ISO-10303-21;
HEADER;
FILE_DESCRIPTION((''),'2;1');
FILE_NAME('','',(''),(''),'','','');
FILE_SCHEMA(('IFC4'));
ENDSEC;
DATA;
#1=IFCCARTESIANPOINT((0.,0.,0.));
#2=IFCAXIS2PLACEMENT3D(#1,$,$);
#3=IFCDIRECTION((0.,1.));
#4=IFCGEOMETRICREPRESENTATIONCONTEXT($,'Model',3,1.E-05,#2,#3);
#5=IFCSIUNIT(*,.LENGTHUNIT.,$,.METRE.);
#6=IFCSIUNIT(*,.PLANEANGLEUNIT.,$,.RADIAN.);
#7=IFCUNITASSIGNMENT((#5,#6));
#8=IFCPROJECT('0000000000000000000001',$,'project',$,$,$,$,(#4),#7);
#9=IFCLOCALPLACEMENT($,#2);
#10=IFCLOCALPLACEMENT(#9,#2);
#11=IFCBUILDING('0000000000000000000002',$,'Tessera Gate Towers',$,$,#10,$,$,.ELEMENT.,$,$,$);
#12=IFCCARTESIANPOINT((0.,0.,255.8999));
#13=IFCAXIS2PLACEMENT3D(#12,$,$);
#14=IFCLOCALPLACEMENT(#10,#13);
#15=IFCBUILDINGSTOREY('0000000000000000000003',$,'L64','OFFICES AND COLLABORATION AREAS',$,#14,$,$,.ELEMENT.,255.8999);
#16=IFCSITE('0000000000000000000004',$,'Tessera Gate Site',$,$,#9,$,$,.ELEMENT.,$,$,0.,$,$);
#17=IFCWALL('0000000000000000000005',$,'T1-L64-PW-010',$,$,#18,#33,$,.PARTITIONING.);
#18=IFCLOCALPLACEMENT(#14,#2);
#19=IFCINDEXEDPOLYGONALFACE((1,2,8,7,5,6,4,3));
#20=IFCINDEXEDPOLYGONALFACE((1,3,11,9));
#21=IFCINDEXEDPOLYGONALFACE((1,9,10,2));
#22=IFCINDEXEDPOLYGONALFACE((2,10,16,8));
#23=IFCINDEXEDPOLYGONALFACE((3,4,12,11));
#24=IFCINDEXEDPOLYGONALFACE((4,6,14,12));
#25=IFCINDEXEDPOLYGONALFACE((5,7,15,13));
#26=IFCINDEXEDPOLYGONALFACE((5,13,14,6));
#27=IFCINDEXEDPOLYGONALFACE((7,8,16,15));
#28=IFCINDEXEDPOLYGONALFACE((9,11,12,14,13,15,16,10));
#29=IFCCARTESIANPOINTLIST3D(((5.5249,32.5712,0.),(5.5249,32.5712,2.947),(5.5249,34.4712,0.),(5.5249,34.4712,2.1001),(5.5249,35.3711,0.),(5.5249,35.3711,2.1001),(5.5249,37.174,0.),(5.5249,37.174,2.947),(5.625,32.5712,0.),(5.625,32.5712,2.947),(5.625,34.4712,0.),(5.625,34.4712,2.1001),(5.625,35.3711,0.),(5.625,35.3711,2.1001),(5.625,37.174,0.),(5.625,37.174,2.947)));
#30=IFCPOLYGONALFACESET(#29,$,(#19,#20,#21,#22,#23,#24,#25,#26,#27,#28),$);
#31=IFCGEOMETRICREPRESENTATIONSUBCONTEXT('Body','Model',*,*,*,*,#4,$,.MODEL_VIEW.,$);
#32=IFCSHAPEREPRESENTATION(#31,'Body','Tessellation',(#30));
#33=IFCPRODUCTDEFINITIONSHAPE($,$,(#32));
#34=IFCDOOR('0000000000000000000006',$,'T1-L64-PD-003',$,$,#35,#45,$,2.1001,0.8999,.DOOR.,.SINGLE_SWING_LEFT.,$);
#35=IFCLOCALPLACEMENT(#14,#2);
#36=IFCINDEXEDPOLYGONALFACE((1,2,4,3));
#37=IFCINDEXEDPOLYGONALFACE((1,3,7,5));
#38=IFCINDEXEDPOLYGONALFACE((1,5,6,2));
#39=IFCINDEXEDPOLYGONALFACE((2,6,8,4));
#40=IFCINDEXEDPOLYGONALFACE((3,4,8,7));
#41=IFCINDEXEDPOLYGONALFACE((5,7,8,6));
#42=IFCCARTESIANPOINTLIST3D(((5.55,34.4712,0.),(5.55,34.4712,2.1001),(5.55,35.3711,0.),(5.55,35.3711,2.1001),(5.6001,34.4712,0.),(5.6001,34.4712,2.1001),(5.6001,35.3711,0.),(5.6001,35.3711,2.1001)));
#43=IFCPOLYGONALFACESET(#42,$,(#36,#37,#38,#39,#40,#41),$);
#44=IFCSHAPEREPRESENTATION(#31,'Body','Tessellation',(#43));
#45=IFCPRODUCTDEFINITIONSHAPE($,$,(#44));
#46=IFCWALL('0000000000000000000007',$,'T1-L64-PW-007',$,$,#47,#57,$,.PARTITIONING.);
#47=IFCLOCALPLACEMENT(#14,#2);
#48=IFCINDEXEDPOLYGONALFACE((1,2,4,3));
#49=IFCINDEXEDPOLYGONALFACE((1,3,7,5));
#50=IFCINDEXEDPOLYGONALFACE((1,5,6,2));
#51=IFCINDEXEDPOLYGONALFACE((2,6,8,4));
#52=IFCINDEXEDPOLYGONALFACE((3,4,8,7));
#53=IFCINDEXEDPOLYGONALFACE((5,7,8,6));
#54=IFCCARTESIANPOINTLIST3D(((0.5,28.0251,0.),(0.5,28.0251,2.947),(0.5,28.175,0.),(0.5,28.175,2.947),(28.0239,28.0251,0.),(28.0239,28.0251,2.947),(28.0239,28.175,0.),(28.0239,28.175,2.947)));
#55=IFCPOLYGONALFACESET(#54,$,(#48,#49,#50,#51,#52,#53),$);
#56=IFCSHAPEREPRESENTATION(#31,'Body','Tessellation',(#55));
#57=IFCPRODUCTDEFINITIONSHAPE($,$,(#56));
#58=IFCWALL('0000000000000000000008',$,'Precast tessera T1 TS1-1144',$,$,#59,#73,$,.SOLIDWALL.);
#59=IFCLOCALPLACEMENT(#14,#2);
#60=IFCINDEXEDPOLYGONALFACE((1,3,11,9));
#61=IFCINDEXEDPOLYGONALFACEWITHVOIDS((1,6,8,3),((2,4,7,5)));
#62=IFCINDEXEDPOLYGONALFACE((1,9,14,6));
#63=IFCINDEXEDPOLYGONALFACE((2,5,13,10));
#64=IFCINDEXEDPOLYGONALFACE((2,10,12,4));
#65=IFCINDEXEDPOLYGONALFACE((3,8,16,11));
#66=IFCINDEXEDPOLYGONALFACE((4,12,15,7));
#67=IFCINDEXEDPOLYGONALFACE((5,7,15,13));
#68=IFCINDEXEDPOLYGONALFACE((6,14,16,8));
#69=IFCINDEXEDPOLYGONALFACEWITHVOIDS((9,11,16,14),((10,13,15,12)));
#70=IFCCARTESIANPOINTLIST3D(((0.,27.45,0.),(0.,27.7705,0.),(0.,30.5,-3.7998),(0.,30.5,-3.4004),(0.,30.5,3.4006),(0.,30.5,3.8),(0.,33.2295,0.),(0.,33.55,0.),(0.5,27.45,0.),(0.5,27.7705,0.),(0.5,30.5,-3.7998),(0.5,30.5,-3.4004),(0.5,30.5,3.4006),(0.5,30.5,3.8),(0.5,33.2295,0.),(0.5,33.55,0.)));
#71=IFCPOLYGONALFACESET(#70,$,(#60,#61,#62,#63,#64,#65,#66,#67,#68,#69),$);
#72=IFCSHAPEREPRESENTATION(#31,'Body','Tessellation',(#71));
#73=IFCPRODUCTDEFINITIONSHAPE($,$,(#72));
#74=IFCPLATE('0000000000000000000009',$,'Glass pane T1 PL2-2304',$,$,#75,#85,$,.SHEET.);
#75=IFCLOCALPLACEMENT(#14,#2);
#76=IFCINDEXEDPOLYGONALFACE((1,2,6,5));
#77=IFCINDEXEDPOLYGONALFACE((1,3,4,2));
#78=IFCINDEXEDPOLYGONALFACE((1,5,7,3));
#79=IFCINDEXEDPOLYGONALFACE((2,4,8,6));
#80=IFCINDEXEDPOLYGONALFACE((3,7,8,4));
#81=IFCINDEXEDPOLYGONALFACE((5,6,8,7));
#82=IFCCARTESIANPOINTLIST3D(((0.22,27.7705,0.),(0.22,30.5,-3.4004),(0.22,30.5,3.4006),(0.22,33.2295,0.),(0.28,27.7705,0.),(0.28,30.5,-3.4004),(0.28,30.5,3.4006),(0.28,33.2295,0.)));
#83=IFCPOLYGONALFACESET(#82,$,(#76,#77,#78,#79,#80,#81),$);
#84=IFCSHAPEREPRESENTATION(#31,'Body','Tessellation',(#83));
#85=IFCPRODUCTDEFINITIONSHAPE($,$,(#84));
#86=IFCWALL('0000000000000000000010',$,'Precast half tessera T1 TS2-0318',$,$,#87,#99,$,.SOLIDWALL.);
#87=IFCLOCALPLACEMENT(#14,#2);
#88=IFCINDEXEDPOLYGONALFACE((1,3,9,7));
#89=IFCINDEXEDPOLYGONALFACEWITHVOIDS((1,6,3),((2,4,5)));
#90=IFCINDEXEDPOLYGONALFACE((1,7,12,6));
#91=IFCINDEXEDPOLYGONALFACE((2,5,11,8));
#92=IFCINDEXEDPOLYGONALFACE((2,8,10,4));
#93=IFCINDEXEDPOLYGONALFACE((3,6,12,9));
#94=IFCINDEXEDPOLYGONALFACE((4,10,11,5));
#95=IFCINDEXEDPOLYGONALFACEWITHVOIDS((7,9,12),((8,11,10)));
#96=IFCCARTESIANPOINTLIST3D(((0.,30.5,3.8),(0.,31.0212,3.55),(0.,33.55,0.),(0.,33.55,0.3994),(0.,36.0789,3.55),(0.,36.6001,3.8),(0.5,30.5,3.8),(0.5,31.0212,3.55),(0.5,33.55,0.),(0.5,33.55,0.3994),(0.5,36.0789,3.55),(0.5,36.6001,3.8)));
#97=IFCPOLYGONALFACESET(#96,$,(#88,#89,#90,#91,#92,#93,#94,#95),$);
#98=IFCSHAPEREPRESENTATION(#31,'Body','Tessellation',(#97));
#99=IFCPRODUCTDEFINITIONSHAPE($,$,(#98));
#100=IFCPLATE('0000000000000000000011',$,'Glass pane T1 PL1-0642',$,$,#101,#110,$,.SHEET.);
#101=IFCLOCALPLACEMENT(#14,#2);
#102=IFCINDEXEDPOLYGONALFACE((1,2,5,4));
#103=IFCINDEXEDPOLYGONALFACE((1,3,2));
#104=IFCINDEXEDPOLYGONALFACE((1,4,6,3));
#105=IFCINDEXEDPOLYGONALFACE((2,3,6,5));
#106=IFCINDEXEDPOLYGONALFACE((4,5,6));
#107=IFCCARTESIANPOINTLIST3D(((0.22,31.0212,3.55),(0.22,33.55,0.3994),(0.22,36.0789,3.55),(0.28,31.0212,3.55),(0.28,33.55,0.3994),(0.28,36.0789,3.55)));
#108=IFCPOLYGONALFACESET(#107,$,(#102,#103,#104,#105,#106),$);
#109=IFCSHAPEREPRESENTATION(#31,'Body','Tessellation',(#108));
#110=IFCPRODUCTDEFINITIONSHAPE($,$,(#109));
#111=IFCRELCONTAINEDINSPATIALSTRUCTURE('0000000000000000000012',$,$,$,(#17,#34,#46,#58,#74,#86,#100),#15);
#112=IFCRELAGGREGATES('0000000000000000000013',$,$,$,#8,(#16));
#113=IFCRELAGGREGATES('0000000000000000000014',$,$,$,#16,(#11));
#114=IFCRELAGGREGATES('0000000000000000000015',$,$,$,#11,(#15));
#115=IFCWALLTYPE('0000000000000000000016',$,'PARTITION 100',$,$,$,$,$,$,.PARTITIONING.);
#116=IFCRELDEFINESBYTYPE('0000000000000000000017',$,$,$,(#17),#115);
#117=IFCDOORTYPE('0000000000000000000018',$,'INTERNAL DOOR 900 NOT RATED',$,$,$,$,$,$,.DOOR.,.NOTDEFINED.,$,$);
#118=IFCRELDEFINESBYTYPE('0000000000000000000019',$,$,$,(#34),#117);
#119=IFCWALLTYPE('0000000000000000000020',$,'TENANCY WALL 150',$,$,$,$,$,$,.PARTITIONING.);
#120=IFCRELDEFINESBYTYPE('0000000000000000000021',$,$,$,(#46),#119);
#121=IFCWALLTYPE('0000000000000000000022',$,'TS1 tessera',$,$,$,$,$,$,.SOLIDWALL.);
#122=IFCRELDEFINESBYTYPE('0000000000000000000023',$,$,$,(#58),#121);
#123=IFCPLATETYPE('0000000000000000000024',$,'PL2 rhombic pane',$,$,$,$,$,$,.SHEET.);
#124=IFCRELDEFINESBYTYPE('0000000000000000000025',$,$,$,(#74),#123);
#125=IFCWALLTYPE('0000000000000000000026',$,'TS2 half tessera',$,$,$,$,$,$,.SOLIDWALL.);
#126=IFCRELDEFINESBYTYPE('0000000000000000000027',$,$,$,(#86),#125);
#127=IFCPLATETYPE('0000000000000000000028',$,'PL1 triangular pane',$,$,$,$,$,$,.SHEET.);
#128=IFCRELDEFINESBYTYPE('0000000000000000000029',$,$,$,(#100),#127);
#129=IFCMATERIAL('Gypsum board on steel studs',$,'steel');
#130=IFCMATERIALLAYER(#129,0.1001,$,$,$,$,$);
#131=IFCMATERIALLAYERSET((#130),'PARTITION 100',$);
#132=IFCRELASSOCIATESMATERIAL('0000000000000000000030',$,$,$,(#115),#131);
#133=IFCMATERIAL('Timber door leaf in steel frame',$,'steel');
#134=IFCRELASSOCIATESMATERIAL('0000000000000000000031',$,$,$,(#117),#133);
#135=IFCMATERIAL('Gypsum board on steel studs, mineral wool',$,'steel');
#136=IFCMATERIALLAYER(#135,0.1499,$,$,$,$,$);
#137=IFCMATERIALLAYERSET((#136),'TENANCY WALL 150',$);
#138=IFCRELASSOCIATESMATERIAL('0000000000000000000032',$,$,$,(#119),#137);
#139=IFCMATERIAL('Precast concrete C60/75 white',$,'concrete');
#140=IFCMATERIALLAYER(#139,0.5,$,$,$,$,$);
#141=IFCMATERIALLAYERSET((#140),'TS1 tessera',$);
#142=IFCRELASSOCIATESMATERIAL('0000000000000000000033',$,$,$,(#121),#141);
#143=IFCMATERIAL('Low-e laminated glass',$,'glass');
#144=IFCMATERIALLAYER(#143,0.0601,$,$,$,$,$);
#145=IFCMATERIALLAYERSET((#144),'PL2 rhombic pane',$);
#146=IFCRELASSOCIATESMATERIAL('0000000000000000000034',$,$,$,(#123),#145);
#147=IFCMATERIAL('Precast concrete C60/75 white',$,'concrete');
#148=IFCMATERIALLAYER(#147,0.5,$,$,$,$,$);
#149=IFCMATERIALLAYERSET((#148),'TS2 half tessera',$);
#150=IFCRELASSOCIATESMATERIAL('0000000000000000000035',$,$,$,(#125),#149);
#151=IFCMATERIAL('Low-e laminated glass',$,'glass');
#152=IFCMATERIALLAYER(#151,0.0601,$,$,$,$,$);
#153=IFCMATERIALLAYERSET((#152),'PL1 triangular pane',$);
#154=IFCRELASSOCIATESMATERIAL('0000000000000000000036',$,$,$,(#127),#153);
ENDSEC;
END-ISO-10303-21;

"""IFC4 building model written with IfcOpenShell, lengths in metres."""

from ifc_helpers import new_model, si_unit, direction, frame, frame_2d, origin, place, context, subcontext, project, spatial, polyline, rectangle, outline, extrude, source, transform, mapped, material, layer, layer_set, type_object, element, fill, save


model = new_model("IFC4")

# Units and contexts
model_context = context("Model", 3, precision=1e-05, world=origin(), true_north=direction((0.0, 1.0)))
body_context = subcontext(model_context, "Body", "Model", "MODEL_VIEW")
ifc_project = project(units=[si_unit("LENGTHUNIT", "METRE"), si_unit("PLANEANGLEUNIT", "RADIAN")], contexts=[model_context])

# Site, building, storey
site_placement = place(None, origin())
site = spatial("IfcSite", under=ifc_project, at=site_placement, Name="Tessera Gate Site", CompositionType="ELEMENT", RefElevation=0.0)
building_placement = place(site_placement, origin())
building = spatial("IfcBuilding", under=site, at=building_placement, Name="Tessera Gate Towers", CompositionType="ELEMENT")
storey_placement = place(building_placement, frame((0.0, 0.0, 255.8999)))
storey = spatial("IfcBuildingStorey", under=building, at=storey_placement, Name="L64", Description="OFFICES AND COLLABORATION AREAS", CompositionType="ELEMENT", Elevation=255.8999)

# Shared definitions
shared_shape_1 = source(origin(), body_context, "Body", "SweptSolid", [
    extrude(rectangle(XDim=0.8999, YDim=2.1001, at=frame_2d((0.45, 1.05))), frame((0.0, 0.0249, 0.0), z_axis=(0.0, -1.0, 0.0), x_axis=(1.0, 0.0, 0.0)), (0.0, 0.0, 1.0), 0.05),
])

# Shared definitions
ifc_material_1 = material(Name="Gypsum board on steel studs", Category="steel")
ifc_layer_1 = layer(ifc_material_1, 0.1001)
ifc_layer_set_1 = layer_set([ifc_layer_1], Name="PARTITION 100")
wall_type_1 = type_object("IfcWallType", Name="PARTITION 100", PredefinedType="PARTITIONING", material=ifc_layer_set_1)
shared_shape_2 = source(origin(), body_context, "Body", "SweptSolid", [
    extrude(rectangle(XDim=0.8999, YDim=2.1001, at=frame_2d((0.45, 1.05))), frame((0.0, 0.0601, 0.0), z_axis=(0.0, -1.0, 0.0), x_axis=(1.0, 0.0, 0.0)), (0.0, 0.0, 1.0), 0.1201),
])
ifc_material_2 = material(Name="Timber door leaf in steel frame", Category="steel")
door_type_1 = type_object("IfcDoorType", Name="INTERNAL DOOR 900 NOT RATED", OperationType="NOTDEFINED", PredefinedType="DOOR", material=ifc_material_2)

# Wall, opening, door
wall_1_placement = place(storey_placement, frame((5.575, 32.5713, 0.0), z_axis=(0.0, 0.0, 1.0), x_axis=(0.0, 1.0, 0.0)))
wall_1 = element("IfcWall", 1, at=wall_1_placement, inside=storey, type_object=wall_type_1, Name="T1-L64-PW-010", PredefinedType="PARTITIONING", context=body_context, shape_type="SweptSolid", body=[
    extrude(rectangle(XDim=4.6028, YDim=0.1001, at=frame_2d((2.3013, 0.0))), origin(), (0.0, 0.0, 1.0), 2.947),
])
opening_1_placement = place(wall_1_placement, frame((1.8999, 0.0, 0.0)))
opening_1 = element("IfcOpeningElement", 2, at=opening_1_placement, cuts=wall_1, PredefinedType="OPENING", context=body_context, shape_type="MappedRepresentation", body=[
    mapped(shared_shape_2, transform((0.0, 0.0, 0.0), scale=1.0)),
])
door_1_placement = place(opening_1_placement, origin())
door_1 = element("IfcDoor", 3, at=door_1_placement, inside=storey, type_object=door_type_1, Name="T1-L64-PD-003", OperationType="SINGLE_SWING_LEFT", OverallHeight=2.1001, OverallWidth=0.8999, PredefinedType="DOOR", context=body_context, shape_type="MappedRepresentation", body=[
    mapped(shared_shape_1, transform((0.0, 0.0, 0.0), scale=1.0)),
])
fill(opening_1, door_1)

# Wall
ifc_material_3 = material(Name="Gypsum board on steel studs, mineral wool", Category="steel")
ifc_layer_2 = layer(ifc_material_3, 0.1499)
ifc_layer_set_2 = layer_set([ifc_layer_2], Name="TENANCY WALL 150")
wall_type_2 = type_object("IfcWallType", Name="TENANCY WALL 150", PredefinedType="PARTITIONING", material=ifc_layer_set_2)
wall_2_placement = place(storey_placement, frame((0.5, 28.1001, 0.0), z_axis=(0.0, 0.0, 1.0), x_axis=(1.0, 0.0, 0.0)))
element("IfcWall", 4, at=wall_2_placement, inside=storey, type_object=wall_type_2, Name="T1-L64-PW-007", PredefinedType="PARTITIONING", context=body_context, shape_type="SweptSolid", body=[
    extrude(rectangle(XDim=27.5239, YDim=0.1499, at=frame_2d((13.762, 0.0))), origin(), (0.0, 0.0, 1.0), 2.947),
])

# Walls, openings, plates
ifc_material_4 = material(Name="Precast concrete C60/75 white", Category="concrete")
ifc_layer_3 = layer(ifc_material_4, 0.5)
ifc_layer_set_3 = layer_set([ifc_layer_3], Name="TS1 tessera")
wall_type_3 = type_object("IfcWallType", Name="TS1 tessera", PredefinedType="SOLIDWALL", material=ifc_layer_set_3)
shared_shape_3 = source(origin(), body_context, "Body", "SweptSolid", [
    extrude(outline(polyline([(3.05, 0.0), (6.1001, 3.7998), (3.05, 7.5999), (0.0, 3.7998), (3.05, 0.0)])), frame((0.0, 0.25, 0.0), z_axis=(0.0, -1.0, 0.0), x_axis=(1.0, 0.0, 0.0)), (0.0, 0.0, 1.0), 0.5),
])
wall_3_placement = place(storey_placement, frame((0.25, 33.55, -3.7998), z_axis=(0.0, 0.0, 1.0), x_axis=(0.0, -1.0, 0.0)))
wall_3 = element("IfcWall", 5, at=wall_3_placement, inside=storey, type_object=wall_type_3, Name="Precast tessera T1 TS1-1144", PredefinedType="SOLIDWALL", context=body_context, shape_type="MappedRepresentation", body=[
    mapped(shared_shape_3, transform((0.0, 0.0, 0.0), scale=1.0)),
])
shared_shape_4 = source(origin(), body_context, "Body", "SweptSolid", [
    extrude(outline(polyline([(3.05, 0.3994), (5.7795, 3.7998), (3.05, 7.2004), (0.3206, 3.7998), (3.05, 0.3994)])), frame((0.0, 0.26, 0.0), z_axis=(0.0, -1.0, 0.0), x_axis=(1.0, 0.0, 0.0)), (0.0, 0.0, 1.0), 0.52),
])
opening_2_placement = place(wall_3_placement, origin())
opening_2 = element("IfcOpeningElement", 6, at=opening_2_placement, cuts=wall_3, PredefinedType="OPENING", context=body_context, shape_type="MappedRepresentation", body=[
    mapped(shared_shape_4, transform((0.0, 0.0, 0.0), scale=1.0)),
])
ifc_material_5 = material(Name="Low-e laminated glass", Category="glass")
ifc_layer_4 = layer(ifc_material_5, 0.0601)
ifc_layer_set_4 = layer_set([ifc_layer_4], Name="PL2 rhombic pane")
plate_type_1 = type_object("IfcPlateType", Name="PL2 rhombic pane", PredefinedType="SHEET", material=ifc_layer_set_4)
shared_shape_5 = source(origin(), body_context, "Body", "SweptSolid", [
    extrude(outline(polyline([(3.05, 0.3994), (5.7795, 3.7998), (3.05, 7.2004), (0.3206, 3.7998), (3.05, 0.3994)])), frame((0.0, 0.03, 0.0), z_axis=(0.0, -1.0, 0.0), x_axis=(1.0, 0.0, 0.0)), (0.0, 0.0, 1.0), 0.0601),
])
plate_1_placement = place(opening_2_placement, origin())
plate_1 = element("IfcPlate", 7, at=plate_1_placement, inside=storey, type_object=plate_type_1, Name="Glass pane T1 PL2-2304", PredefinedType="SHEET", context=body_context, shape_type="MappedRepresentation", body=[
    mapped(shared_shape_5, transform((0.0, 0.0, 0.0), scale=1.0)),
])
fill(opening_2, plate_1)
ifc_material_6 = material(Name="Precast concrete C60/75 white", Category="concrete")
ifc_layer_5 = layer(ifc_material_6, 0.5)
ifc_layer_set_5 = layer_set([ifc_layer_5], Name="TS2 half tessera")
wall_type_4 = type_object("IfcWallType", Name="TS2 half tessera", PredefinedType="SOLIDWALL", material=ifc_layer_set_5)
shared_shape_6 = source(origin(), body_context, "Body", "SweptSolid", [
    extrude(outline(polyline([(3.05, 0.0), (6.1001, 3.8), (0.0, 3.8), (3.05, 0.0)])), frame((0.0, 0.25, 0.0), z_axis=(0.0, -1.0, 0.0), x_axis=(1.0, 0.0, 0.0)), (0.0, 0.0, 1.0), 0.5),
])
wall_4_placement = place(storey_placement, frame((0.25, 36.6001, 0.0), z_axis=(0.0, 0.0, 1.0), x_axis=(0.0, -1.0, 0.0)))
wall_4 = element("IfcWall", 8, at=wall_4_placement, inside=storey, type_object=wall_type_4, Name="Precast half tessera T1 TS2-0318", PredefinedType="SOLIDWALL", context=body_context, shape_type="MappedRepresentation", body=[
    mapped(shared_shape_6, transform((0.0, 0.0, 0.0), scale=1.0)),
])
shared_shape_7 = source(origin(), body_context, "Body", "SweptSolid", [
    extrude(outline(polyline([(3.05, 0.3994), (5.5789, 3.55), (0.5212, 3.55), (3.05, 0.3994)])), frame((0.0, 0.26, 0.0), z_axis=(0.0, -1.0, 0.0), x_axis=(1.0, 0.0, 0.0)), (0.0, 0.0, 1.0), 0.52),
])
opening_3_placement = place(wall_4_placement, origin())
opening_3 = element("IfcOpeningElement", 9, at=opening_3_placement, cuts=wall_4, PredefinedType="OPENING", context=body_context, shape_type="MappedRepresentation", body=[
    mapped(shared_shape_7, transform((0.0, 0.0, 0.0), scale=1.0)),
])
ifc_material_7 = material(Name="Low-e laminated glass", Category="glass")
ifc_layer_6 = layer(ifc_material_7, 0.0601)
ifc_layer_set_6 = layer_set([ifc_layer_6], Name="PL1 triangular pane")
plate_type_2 = type_object("IfcPlateType", Name="PL1 triangular pane", PredefinedType="SHEET", material=ifc_layer_set_6)
shared_shape_8 = source(origin(), body_context, "Body", "SweptSolid", [
    extrude(outline(polyline([(3.05, 0.3994), (5.5789, 3.55), (0.5212, 3.55), (3.05, 0.3994)])), frame((0.0, 0.03, 0.0), z_axis=(0.0, -1.0, 0.0), x_axis=(1.0, 0.0, 0.0)), (0.0, 0.0, 1.0), 0.0601),
])
plate_2_placement = place(opening_3_placement, origin())
plate_2 = element("IfcPlate", 10, at=plate_2_placement, inside=storey, type_object=plate_type_2, Name="Glass pane T1 PL1-0642", PredefinedType="SHEET", context=body_context, shape_type="MappedRepresentation", body=[
    mapped(shared_shape_8, transform((0.0, 0.0, 0.0), scale=1.0)),
])
fill(opening_3, plate_2)

save(model, "model.ifc")
